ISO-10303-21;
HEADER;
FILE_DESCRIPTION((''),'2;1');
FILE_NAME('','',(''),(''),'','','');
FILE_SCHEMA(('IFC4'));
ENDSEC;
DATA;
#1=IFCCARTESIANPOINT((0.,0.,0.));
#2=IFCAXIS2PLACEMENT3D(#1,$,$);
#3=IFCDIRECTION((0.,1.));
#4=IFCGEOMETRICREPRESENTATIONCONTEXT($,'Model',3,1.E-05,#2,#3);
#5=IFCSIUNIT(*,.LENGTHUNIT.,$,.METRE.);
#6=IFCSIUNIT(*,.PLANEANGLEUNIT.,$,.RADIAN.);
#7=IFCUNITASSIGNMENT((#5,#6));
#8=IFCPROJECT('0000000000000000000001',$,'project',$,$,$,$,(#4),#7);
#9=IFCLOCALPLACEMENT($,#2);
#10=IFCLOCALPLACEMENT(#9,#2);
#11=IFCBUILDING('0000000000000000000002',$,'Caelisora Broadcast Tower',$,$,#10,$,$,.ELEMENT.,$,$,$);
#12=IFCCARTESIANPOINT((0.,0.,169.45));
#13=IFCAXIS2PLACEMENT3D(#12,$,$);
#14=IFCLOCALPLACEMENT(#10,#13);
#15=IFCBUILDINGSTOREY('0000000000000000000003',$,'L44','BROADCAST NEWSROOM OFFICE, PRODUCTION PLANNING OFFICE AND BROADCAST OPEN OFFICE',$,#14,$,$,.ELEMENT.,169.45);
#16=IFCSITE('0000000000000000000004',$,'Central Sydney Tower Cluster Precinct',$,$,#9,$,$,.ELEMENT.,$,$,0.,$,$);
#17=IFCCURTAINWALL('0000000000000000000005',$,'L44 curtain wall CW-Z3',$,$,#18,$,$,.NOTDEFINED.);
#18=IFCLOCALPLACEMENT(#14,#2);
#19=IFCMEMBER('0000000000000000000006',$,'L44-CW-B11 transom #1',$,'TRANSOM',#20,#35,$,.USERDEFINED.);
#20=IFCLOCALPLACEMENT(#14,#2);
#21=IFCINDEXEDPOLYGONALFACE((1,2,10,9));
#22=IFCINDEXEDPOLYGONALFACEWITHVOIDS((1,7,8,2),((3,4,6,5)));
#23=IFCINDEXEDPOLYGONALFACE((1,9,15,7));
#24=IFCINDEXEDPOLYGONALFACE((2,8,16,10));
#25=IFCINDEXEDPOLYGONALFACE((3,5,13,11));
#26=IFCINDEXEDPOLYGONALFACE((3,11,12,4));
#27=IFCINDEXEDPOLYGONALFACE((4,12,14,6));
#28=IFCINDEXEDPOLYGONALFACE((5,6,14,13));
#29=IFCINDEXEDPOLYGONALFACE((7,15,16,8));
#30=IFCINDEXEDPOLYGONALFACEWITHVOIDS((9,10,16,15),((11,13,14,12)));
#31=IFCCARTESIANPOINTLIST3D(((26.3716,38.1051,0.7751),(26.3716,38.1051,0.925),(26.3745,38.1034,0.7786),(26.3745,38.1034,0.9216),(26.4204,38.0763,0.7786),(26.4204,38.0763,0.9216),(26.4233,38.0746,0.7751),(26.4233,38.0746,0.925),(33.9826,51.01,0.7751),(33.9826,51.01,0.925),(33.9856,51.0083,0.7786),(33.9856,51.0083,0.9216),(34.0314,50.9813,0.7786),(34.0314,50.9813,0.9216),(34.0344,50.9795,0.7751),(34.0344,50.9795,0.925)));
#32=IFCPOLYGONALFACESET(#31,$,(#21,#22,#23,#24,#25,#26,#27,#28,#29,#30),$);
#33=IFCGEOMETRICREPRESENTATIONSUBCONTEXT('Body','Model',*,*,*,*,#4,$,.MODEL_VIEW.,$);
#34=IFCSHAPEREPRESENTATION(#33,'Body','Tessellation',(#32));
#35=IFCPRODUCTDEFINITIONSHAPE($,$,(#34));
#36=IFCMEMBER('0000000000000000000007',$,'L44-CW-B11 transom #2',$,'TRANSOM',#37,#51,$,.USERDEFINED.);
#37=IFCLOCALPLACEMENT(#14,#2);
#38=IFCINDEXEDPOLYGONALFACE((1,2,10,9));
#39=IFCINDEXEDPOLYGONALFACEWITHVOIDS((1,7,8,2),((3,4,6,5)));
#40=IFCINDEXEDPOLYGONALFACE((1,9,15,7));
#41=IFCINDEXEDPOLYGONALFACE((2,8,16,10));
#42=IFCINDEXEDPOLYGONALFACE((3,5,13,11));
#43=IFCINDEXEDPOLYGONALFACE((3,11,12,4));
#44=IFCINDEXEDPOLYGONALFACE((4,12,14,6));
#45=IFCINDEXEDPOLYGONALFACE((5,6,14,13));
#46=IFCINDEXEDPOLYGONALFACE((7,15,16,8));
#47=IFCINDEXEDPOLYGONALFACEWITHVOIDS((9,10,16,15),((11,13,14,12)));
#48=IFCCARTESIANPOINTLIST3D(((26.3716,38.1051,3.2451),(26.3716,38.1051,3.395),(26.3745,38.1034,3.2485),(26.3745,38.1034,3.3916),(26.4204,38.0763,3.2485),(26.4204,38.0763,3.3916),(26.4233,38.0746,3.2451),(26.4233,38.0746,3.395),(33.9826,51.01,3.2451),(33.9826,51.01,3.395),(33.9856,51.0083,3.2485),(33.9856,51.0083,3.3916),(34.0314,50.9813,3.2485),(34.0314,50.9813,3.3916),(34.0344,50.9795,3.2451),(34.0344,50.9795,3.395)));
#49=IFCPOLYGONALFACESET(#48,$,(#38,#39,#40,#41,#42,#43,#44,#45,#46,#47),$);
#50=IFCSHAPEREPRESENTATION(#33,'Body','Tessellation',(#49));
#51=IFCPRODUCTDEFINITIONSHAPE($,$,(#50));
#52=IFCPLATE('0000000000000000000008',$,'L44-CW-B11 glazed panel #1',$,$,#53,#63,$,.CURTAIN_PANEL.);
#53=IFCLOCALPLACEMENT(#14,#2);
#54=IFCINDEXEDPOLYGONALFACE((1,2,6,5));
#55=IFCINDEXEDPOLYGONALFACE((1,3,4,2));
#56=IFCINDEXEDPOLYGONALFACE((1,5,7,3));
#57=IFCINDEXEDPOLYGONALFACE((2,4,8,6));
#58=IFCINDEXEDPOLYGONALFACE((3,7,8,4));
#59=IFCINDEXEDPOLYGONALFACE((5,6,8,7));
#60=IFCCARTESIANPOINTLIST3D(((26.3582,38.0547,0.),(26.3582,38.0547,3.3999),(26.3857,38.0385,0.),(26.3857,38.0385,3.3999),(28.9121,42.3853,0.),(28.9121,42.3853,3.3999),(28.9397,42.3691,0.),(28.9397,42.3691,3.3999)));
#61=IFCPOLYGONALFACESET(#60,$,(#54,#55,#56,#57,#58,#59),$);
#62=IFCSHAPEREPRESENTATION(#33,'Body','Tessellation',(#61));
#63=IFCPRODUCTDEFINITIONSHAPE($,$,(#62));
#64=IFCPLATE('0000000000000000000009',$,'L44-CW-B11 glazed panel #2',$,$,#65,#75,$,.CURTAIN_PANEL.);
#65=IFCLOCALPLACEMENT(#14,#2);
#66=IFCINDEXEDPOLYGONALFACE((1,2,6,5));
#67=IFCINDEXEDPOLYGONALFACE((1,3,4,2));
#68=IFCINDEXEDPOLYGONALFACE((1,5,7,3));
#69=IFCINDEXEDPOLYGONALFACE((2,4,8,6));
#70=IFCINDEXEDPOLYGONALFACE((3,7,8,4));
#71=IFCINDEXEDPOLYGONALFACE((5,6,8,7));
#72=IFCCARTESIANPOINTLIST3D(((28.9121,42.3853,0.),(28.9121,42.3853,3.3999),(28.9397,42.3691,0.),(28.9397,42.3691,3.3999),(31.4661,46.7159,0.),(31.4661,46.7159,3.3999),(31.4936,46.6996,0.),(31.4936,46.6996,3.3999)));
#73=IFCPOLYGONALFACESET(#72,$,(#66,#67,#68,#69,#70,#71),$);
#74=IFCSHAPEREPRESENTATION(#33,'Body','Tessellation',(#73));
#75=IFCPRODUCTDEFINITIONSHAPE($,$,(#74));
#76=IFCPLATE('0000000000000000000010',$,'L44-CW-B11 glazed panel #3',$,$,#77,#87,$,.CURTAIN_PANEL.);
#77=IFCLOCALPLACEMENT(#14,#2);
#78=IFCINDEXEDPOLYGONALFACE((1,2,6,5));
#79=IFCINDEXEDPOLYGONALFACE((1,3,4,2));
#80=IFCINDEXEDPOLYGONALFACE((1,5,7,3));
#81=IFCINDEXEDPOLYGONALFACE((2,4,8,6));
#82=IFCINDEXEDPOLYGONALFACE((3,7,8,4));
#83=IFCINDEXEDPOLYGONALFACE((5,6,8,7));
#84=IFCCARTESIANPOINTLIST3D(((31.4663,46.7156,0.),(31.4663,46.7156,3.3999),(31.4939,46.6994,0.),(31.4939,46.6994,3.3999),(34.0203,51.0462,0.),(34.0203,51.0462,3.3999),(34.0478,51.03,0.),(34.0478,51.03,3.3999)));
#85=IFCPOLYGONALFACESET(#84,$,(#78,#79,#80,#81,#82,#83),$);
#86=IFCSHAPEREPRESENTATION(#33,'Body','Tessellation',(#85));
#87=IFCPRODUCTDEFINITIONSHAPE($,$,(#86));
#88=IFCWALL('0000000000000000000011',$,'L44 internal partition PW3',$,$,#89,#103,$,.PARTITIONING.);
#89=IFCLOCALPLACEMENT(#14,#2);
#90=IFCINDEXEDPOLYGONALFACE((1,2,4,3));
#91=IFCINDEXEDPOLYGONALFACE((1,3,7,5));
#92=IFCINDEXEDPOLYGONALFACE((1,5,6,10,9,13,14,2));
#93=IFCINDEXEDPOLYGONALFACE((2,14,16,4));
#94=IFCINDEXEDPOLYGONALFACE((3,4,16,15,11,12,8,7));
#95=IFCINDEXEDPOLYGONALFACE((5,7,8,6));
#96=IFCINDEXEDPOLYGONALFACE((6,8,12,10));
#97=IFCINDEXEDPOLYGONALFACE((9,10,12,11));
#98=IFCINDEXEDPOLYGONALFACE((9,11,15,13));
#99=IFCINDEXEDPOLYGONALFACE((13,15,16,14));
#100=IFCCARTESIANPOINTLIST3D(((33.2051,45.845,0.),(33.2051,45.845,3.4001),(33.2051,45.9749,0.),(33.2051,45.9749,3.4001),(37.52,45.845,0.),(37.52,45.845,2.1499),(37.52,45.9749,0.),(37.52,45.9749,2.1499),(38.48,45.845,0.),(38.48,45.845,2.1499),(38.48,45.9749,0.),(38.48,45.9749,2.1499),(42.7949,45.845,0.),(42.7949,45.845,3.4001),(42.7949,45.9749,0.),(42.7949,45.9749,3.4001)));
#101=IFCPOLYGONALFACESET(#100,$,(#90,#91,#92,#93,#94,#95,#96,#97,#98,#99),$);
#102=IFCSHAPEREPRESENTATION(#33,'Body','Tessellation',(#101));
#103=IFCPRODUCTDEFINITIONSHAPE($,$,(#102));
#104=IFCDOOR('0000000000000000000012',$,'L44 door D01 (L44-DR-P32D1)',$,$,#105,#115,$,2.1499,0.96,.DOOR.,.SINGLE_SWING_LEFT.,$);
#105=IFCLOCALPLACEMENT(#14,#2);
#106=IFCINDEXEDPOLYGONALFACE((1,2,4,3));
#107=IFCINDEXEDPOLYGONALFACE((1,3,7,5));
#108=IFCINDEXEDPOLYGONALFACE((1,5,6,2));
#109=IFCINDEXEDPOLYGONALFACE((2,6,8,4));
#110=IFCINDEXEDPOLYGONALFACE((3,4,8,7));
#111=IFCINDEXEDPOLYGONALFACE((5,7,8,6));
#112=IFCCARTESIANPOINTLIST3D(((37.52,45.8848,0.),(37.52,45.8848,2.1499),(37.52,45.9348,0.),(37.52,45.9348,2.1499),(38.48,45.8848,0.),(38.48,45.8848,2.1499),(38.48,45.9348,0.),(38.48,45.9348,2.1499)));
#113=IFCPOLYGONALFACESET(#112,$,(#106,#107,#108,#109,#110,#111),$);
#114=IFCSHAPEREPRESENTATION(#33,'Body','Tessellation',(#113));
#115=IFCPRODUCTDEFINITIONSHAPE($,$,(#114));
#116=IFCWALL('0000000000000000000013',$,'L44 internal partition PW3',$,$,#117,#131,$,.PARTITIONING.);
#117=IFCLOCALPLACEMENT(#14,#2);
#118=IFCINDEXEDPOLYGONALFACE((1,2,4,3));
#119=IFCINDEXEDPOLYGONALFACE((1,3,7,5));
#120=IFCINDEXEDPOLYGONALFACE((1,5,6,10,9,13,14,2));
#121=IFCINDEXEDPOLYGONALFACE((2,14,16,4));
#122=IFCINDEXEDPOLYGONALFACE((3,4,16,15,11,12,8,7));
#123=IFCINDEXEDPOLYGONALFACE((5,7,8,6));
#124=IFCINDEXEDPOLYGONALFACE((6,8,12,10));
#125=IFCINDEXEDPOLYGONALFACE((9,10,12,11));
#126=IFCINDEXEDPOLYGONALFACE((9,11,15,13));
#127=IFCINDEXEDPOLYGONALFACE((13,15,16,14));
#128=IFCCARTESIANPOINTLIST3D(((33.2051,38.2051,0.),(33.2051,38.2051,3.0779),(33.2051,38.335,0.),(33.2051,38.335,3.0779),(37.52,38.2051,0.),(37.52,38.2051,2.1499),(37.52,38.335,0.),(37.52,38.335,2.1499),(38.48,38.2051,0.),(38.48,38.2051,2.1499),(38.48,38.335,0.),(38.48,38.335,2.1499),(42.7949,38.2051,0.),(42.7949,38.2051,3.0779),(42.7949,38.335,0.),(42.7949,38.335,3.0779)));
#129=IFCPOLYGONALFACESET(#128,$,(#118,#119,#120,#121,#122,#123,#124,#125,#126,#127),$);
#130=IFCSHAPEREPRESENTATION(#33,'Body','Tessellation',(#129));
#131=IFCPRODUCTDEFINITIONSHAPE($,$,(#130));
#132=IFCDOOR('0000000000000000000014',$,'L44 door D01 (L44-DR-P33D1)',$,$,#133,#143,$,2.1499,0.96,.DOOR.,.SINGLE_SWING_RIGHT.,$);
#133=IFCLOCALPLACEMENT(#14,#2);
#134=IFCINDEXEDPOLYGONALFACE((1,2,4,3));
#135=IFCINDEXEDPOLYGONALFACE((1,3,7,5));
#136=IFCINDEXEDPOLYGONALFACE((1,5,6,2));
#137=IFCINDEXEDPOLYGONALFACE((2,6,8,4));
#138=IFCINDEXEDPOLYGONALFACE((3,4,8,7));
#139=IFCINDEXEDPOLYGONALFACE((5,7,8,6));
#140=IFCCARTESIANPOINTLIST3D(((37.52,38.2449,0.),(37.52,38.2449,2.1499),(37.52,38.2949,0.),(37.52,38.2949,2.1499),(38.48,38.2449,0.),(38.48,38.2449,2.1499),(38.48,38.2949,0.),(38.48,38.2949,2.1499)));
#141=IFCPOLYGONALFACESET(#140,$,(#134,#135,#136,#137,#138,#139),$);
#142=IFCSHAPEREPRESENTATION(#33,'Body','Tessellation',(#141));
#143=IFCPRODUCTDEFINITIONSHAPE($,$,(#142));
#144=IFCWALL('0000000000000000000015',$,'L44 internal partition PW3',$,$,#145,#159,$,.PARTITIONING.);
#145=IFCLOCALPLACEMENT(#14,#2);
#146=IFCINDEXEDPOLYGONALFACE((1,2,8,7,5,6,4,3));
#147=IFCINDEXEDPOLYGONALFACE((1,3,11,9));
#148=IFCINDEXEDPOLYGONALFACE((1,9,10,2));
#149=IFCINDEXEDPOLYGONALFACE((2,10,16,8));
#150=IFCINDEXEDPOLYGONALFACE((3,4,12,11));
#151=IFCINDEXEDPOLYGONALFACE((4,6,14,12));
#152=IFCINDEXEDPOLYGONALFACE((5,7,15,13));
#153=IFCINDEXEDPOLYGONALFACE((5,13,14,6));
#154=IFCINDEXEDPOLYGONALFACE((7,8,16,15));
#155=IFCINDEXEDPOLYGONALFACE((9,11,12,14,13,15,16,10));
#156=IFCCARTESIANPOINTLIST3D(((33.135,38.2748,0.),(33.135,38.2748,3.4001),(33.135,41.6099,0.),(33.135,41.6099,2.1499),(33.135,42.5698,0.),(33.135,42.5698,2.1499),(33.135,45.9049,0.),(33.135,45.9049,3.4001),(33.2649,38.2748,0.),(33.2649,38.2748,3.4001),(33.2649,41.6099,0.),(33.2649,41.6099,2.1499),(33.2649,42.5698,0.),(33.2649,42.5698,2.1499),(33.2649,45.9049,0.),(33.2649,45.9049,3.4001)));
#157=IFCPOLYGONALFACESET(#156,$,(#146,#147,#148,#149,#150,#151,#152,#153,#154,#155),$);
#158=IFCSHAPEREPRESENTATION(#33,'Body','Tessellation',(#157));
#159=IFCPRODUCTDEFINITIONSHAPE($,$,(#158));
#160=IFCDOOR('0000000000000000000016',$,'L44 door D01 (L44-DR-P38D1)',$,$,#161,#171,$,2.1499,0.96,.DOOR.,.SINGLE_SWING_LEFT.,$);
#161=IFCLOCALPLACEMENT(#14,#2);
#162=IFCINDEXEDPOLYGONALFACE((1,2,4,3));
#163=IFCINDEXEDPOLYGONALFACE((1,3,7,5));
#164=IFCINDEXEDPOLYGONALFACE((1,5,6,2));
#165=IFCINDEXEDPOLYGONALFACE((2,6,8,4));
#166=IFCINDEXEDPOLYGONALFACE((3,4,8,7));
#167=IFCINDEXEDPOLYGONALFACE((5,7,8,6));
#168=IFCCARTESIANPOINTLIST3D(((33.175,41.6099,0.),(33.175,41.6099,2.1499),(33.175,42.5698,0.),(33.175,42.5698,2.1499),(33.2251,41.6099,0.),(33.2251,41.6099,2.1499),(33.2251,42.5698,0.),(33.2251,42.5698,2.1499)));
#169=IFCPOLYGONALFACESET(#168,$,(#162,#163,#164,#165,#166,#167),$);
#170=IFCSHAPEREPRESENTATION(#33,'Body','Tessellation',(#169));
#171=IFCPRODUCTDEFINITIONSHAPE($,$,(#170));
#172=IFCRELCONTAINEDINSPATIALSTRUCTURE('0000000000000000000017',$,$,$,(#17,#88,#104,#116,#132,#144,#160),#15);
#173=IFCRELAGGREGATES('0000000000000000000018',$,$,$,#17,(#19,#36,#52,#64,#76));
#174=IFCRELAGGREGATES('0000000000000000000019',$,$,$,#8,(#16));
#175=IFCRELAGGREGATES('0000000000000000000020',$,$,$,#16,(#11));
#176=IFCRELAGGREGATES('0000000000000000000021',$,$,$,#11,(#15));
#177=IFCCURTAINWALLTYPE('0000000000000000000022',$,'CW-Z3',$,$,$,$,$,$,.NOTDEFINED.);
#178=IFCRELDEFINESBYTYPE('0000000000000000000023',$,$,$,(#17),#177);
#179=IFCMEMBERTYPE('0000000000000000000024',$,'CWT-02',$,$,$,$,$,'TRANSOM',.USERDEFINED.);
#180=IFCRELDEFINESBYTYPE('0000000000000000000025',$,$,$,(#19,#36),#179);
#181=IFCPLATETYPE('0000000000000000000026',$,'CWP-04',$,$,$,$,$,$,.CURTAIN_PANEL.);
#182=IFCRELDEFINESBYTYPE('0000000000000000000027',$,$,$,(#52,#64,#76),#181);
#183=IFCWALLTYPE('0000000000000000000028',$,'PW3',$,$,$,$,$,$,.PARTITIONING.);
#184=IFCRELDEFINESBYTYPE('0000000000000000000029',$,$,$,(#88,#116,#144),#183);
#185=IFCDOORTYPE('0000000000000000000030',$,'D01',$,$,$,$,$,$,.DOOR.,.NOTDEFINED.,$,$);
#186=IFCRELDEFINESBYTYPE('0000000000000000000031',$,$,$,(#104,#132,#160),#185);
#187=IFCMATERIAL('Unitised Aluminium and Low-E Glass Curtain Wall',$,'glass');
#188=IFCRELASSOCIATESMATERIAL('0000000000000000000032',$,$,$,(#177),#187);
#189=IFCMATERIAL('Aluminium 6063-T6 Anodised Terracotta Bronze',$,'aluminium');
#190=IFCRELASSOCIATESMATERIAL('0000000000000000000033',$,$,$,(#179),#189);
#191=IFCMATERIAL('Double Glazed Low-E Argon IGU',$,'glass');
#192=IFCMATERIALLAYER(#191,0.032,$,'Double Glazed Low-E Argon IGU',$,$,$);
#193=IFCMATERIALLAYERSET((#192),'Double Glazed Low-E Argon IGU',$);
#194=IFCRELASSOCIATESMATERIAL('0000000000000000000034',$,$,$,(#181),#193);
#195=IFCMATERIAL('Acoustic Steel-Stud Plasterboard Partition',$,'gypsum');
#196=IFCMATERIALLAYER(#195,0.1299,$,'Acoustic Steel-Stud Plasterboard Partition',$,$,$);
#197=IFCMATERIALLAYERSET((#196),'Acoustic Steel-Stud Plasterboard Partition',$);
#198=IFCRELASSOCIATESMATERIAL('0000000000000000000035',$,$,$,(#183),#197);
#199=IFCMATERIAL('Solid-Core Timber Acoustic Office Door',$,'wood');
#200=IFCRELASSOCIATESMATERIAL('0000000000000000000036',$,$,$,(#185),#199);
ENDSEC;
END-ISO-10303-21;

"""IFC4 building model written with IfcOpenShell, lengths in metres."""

from ifc_helpers import new_model, si_unit, direction, frame, frame_2d, origin, origin_2d, place, context, subcontext, project, spatial, rectangle, hollow_rectangle, extrude, source, transform, mapped, material, layer, layer_set, material_profile, profile_set, type_object, type_shapes, element, fill, aggregate, save


model = new_model("IFC4")

# Units and contexts
model_context = context("Model", 3, precision=1e-05, world=origin(), true_north=direction((0.0, 1.0)))
body_context = subcontext(model_context, "Body", "Model", "MODEL_VIEW")
ifc_project = project(units=[si_unit("LENGTHUNIT", "METRE"), si_unit("PLANEANGLEUNIT", "RADIAN")], contexts=[model_context])

# Site, building, storey
site_placement = place(None, origin())
site = spatial("IfcSite", under=ifc_project, at=site_placement, Name="Central Sydney Tower Cluster Precinct", CompositionType="ELEMENT", RefElevation=0.0)
building_placement = place(site_placement, origin())
building = spatial("IfcBuilding", under=site, at=building_placement, Name="Caelisora Broadcast Tower", CompositionType="ELEMENT")
storey_placement = place(building_placement, frame((0.0, 0.0, 169.45)))
storey = spatial("IfcBuildingStorey", under=building, at=storey_placement, Name="L44", Description="BROADCAST NEWSROOM OFFICE, PRODUCTION PLANNING OFFICE AND BROADCAST OPEN OFFICE", CompositionType="ELEMENT", Elevation=169.45)

# Curtain wall, members, plates
ifc_material_1 = material(Name="Unitised Aluminium and Low-E Glass Curtain Wall", Category="glass")
curtain_wall_type = type_object("IfcCurtainWallType", Name="CW-Z3", PredefinedType="NOTDEFINED", material=ifc_material_1)
curtain_wall_placement = place(storey_placement, origin())
curtain_wall = element("IfcCurtainWall", 1, at=curtain_wall_placement, inside=storey, type_object=curtain_wall_type, Name="L44 curtain wall CW-Z3", PredefinedType="NOTDEFINED")
ifc_material_2 = material(Name="Aluminium 6063-T6 Anodised Terracotta Bronze", Category="aluminium")
ifc_material_profile_1 = material_profile(ifc_material_2, hollow_rectangle(XDim=0.0601, YDim=0.1499, WallThickness=0.0034, at=origin_2d()), Name="Aluminium 6063-T6 Anodised Terracotta Bronze")
ifc_profile_set_1 = profile_set([ifc_material_profile_1], Name="Aluminium 6063-T6 Anodised Terracotta Bronze")
member_type_1 = type_object("IfcMemberType", Name="CWT-02", ElementType="TRANSOM", PredefinedType="USERDEFINED", material=ifc_profile_set_1)
shared_shape_1 = source(origin(), body_context, "Body", "SweptSolid", [
    extrude(hollow_rectangle(XDim=0.0601, YDim=0.1499, WallThickness=0.0034, at=origin_2d()), origin(), (0.0, 0.0, 1.0), 14.9822),
])
type_shapes(member_type_1, [shared_shape_1])
member_1_placement = place(storey_placement, frame((26.3975, 38.0898, 0.8501), z_axis=(0.508006, 0.861353, 0.0), x_axis=(-0.861353, 0.508006, 0.0)))
member_1 = element("IfcMember", 2, at=member_1_placement, type_object=member_type_1, Name="L44-CW-B11 transom #1", ObjectType="TRANSOM", PredefinedType="USERDEFINED", context=body_context, shape_type="MappedRepresentation", body=[
    mapped(shared_shape_1, transform((0.0, 0.0, 0.0), scale=1.0)),
])
member_2_placement = place(storey_placement, frame((26.3975, 38.0898, 3.3201), z_axis=(0.508006, 0.861353, 0.0), x_axis=(-0.861353, 0.508006, 0.0)))
member_2 = element("IfcMember", 3, at=member_2_placement, type_object=member_type_1, Name="L44-CW-B11 transom #2", ObjectType="TRANSOM", PredefinedType="USERDEFINED", context=body_context, shape_type="MappedRepresentation", body=[
    mapped(shared_shape_1, transform((0.0, 0.0, 0.0), scale=1.0)),
])
ifc_material_3 = material(Name="Double Glazed Low-E Argon IGU", Category="glass")
ifc_layer_1 = layer(ifc_material_3, 0.032, Name="Double Glazed Low-E Argon IGU")
ifc_layer_set_1 = layer_set([ifc_layer_1], Name="Double Glazed Low-E Argon IGU")
plate_type = type_object("IfcPlateType", Name="CWP-04", PredefinedType="CURTAIN_PANEL", material=ifc_layer_set_1)
shared_shape_2 = source(origin(), body_context, "Body", "SweptSolid", [
    extrude(rectangle(XDim=5.0276, YDim=0.032, at=origin_2d()), origin(), (0.0, 0.0, 1.0), 3.3999),
])
type_shapes(plate_type, [shared_shape_2])
plate_1_placement = place(storey_placement, frame((27.6489, 40.2119, 0.0), z_axis=(0.0, 0.0, 1.0), x_axis=(0.507989, 0.861363, 0.0)))
plate_1 = element("IfcPlate", 4, at=plate_1_placement, type_object=plate_type, Name="L44-CW-B11 glazed panel #1", PredefinedType="CURTAIN_PANEL", context=body_context, shape_type="MappedRepresentation", body=[
    mapped(shared_shape_2, transform((0.0, 0.0, 0.0), scale=1.0)),
])
plate_2_placement = place(storey_placement, frame((30.2029, 44.5425, 0.0), z_axis=(0.0, 0.0, 1.0), x_axis=(0.507989, 0.861363, 0.0)))
plate_2 = element("IfcPlate", 5, at=plate_2_placement, type_object=plate_type, Name="L44-CW-B11 glazed panel #2", PredefinedType="CURTAIN_PANEL", context=body_context, shape_type="MappedRepresentation", body=[
    mapped(shared_shape_2, transform((0.0, 0.0, 0.0), scale=1.0)),
])
plate_3_placement = place(storey_placement, frame((32.7571, 48.8728, 0.0), z_axis=(0.0, 0.0, 1.0), x_axis=(0.507989, 0.861363, 0.0)))
plate_3 = element("IfcPlate", 6, at=plate_3_placement, type_object=plate_type, Name="L44-CW-B11 glazed panel #3", PredefinedType="CURTAIN_PANEL", context=body_context, shape_type="MappedRepresentation", body=[
    mapped(shared_shape_2, transform((0.0, 0.0, 0.0), scale=1.0)),
])
aggregate(curtain_wall, [member_1, member_2, plate_1, plate_2, plate_3])

# Walls, openings, doors
ifc_material_4 = material(Name="Acoustic Steel-Stud Plasterboard Partition", Category="gypsum")
ifc_layer_2 = layer(ifc_material_4, 0.1299, Name="Acoustic Steel-Stud Plasterboard Partition")
ifc_layer_set_2 = layer_set([ifc_layer_2], Name="Acoustic Steel-Stud Plasterboard Partition")
wall_type = type_object("IfcWallType", Name="PW3", PredefinedType="PARTITIONING", material=ifc_layer_set_2)
wall_1_placement = place(storey_placement, frame((33.2051, 45.9099, 0.0), z_axis=(0.0, 0.0, 1.0), x_axis=(1.0, 0.0, 0.0)))
wall_1 = element("IfcWall", 7, at=wall_1_placement, inside=storey, type_object=wall_type, Name="L44 internal partition PW3", PredefinedType="PARTITIONING", context=body_context, shape_type="SweptSolid", body=[
    extrude(rectangle(XDim=9.5898, YDim=0.1299, at=frame_2d((4.7949, 0.0))), origin(), (0.0, 0.0, 1.0), 3.4001),
])
opening_1_placement = place(wall_1_placement, frame((4.3149, 0.0, 0.0)))
opening_1 = element("IfcOpeningElement", 8, at=opening_1_placement, cuts=wall_1, PredefinedType="OPENING", context=body_context, shape_type="SweptSolid", body=[
    extrude(rectangle(XDim=0.96, YDim=2.1499, at=frame_2d((0.48, 1.075))), frame((0.0, 0.0769, 0.0), z_axis=(0.0, -1.0, 0.0), x_axis=(1.0, 0.0, 0.0)), (0.0, 0.0, 1.0), 0.1538),
])
ifc_material_5 = material(Name="Solid-Core Timber Acoustic Office Door", Category="wood")
door_type = type_object("IfcDoorType", Name="D01", OperationType="NOTDEFINED", PredefinedType="DOOR", material=ifc_material_5)
door_1_placement = place(opening_1_placement, origin())
door_1 = element("IfcDoor", 9, at=door_1_placement, inside=storey, type_object=door_type, Name="L44 door D01 (L44-DR-P32D1)", OperationType="SINGLE_SWING_LEFT", OverallHeight=2.1499, OverallWidth=0.96, PredefinedType="DOOR", context=body_context, shape_type="SweptSolid", body=[
    extrude(rectangle(XDim=0.96, YDim=2.1499, at=frame_2d((0.48, 1.075))), frame((0.0, 0.0249, 0.0), z_axis=(0.0, -1.0, 0.0), x_axis=(1.0, 0.0, 0.0)), (0.0, 0.0, 1.0), 0.05),
])
fill(opening_1, door_1)
wall_2_placement = place(storey_placement, frame((33.2051, 38.27, 0.0), z_axis=(0.0, 0.0, 1.0), x_axis=(1.0, 0.0, 0.0)))
wall_2 = element("IfcWall", 10, at=wall_2_placement, inside=storey, type_object=wall_type, Name="L44 internal partition PW3", PredefinedType="PARTITIONING", context=body_context, shape_type="SweptSolid", body=[
    extrude(rectangle(XDim=9.5898, YDim=0.1299, at=frame_2d((4.7949, 0.0))), origin(), (0.0, 0.0, 1.0), 3.0779),
])
opening_2_placement = place(wall_2_placement, frame((4.3149, 0.0, 0.0)))
opening_2 = element("IfcOpeningElement", 11, at=opening_2_placement, cuts=wall_2, PredefinedType="OPENING", context=body_context, shape_type="SweptSolid", body=[
    extrude(rectangle(XDim=0.96, YDim=2.1499, at=frame_2d((0.48, 1.075))), frame((0.0, 0.0769, 0.0), z_axis=(0.0, -1.0, 0.0), x_axis=(1.0, 0.0, 0.0)), (0.0, 0.0, 1.0), 0.1538),
])
door_2_placement = place(opening_2_placement, origin())
door_2 = element("IfcDoor", 12, at=door_2_placement, inside=storey, type_object=door_type, Name="L44 door D01 (L44-DR-P33D1)", OperationType="SINGLE_SWING_RIGHT", OverallHeight=2.1499, OverallWidth=0.96, PredefinedType="DOOR", context=body_context, shape_type="SweptSolid", body=[
    extrude(rectangle(XDim=0.96, YDim=2.1499, at=frame_2d((0.48, 1.075))), frame((0.0, 0.0249, 0.0), z_axis=(0.0, -1.0, 0.0), x_axis=(1.0, 0.0, 0.0)), (0.0, 0.0, 1.0), 0.05),
])
fill(opening_2, door_2)
wall_3_placement = place(storey_placement, frame((33.2, 38.2749, 0.0), z_axis=(0.0, 0.0, 1.0), x_axis=(0.0, 1.0, 0.0)))
wall_3 = element("IfcWall", 13, at=wall_3_placement, inside=storey, type_object=wall_type, Name="L44 internal partition PW3", PredefinedType="PARTITIONING", context=body_context, shape_type="SweptSolid", body=[
    extrude(rectangle(XDim=7.6301, YDim=0.1299, at=frame_2d((3.8149, 0.0))), origin(), (0.0, 0.0, 1.0), 3.4001),
])
opening_3_placement = place(wall_3_placement, frame((3.335, 0.0, 0.0)))
opening_3 = element("IfcOpeningElement", 14, at=opening_3_placement, cuts=wall_3, PredefinedType="OPENING", context=body_context, shape_type="SweptSolid", body=[
    extrude(rectangle(XDim=0.96, YDim=2.1499, at=frame_2d((0.48, 1.075))), frame((0.0, 0.0769, 0.0), z_axis=(0.0, -1.0, 0.0), x_axis=(1.0, 0.0, 0.0)), (0.0, 0.0, 1.0), 0.1538),
])
door_3_placement = place(opening_3_placement, origin())
door_3 = element("IfcDoor", 15, at=door_3_placement, inside=storey, type_object=door_type, Name="L44 door D01 (L44-DR-P38D1)", OperationType="SINGLE_SWING_LEFT", OverallHeight=2.1499, OverallWidth=0.96, PredefinedType="DOOR", context=body_context, shape_type="SweptSolid", body=[
    extrude(rectangle(XDim=0.96, YDim=2.1499, at=frame_2d((0.48, 1.075))), frame((0.0, 0.0249, 0.0), z_axis=(0.0, -1.0, 0.0), x_axis=(1.0, 0.0, 0.0)), (0.0, 0.0, 1.0), 0.05),
])
fill(opening_3, door_3)

save(model, "model.ifc")
